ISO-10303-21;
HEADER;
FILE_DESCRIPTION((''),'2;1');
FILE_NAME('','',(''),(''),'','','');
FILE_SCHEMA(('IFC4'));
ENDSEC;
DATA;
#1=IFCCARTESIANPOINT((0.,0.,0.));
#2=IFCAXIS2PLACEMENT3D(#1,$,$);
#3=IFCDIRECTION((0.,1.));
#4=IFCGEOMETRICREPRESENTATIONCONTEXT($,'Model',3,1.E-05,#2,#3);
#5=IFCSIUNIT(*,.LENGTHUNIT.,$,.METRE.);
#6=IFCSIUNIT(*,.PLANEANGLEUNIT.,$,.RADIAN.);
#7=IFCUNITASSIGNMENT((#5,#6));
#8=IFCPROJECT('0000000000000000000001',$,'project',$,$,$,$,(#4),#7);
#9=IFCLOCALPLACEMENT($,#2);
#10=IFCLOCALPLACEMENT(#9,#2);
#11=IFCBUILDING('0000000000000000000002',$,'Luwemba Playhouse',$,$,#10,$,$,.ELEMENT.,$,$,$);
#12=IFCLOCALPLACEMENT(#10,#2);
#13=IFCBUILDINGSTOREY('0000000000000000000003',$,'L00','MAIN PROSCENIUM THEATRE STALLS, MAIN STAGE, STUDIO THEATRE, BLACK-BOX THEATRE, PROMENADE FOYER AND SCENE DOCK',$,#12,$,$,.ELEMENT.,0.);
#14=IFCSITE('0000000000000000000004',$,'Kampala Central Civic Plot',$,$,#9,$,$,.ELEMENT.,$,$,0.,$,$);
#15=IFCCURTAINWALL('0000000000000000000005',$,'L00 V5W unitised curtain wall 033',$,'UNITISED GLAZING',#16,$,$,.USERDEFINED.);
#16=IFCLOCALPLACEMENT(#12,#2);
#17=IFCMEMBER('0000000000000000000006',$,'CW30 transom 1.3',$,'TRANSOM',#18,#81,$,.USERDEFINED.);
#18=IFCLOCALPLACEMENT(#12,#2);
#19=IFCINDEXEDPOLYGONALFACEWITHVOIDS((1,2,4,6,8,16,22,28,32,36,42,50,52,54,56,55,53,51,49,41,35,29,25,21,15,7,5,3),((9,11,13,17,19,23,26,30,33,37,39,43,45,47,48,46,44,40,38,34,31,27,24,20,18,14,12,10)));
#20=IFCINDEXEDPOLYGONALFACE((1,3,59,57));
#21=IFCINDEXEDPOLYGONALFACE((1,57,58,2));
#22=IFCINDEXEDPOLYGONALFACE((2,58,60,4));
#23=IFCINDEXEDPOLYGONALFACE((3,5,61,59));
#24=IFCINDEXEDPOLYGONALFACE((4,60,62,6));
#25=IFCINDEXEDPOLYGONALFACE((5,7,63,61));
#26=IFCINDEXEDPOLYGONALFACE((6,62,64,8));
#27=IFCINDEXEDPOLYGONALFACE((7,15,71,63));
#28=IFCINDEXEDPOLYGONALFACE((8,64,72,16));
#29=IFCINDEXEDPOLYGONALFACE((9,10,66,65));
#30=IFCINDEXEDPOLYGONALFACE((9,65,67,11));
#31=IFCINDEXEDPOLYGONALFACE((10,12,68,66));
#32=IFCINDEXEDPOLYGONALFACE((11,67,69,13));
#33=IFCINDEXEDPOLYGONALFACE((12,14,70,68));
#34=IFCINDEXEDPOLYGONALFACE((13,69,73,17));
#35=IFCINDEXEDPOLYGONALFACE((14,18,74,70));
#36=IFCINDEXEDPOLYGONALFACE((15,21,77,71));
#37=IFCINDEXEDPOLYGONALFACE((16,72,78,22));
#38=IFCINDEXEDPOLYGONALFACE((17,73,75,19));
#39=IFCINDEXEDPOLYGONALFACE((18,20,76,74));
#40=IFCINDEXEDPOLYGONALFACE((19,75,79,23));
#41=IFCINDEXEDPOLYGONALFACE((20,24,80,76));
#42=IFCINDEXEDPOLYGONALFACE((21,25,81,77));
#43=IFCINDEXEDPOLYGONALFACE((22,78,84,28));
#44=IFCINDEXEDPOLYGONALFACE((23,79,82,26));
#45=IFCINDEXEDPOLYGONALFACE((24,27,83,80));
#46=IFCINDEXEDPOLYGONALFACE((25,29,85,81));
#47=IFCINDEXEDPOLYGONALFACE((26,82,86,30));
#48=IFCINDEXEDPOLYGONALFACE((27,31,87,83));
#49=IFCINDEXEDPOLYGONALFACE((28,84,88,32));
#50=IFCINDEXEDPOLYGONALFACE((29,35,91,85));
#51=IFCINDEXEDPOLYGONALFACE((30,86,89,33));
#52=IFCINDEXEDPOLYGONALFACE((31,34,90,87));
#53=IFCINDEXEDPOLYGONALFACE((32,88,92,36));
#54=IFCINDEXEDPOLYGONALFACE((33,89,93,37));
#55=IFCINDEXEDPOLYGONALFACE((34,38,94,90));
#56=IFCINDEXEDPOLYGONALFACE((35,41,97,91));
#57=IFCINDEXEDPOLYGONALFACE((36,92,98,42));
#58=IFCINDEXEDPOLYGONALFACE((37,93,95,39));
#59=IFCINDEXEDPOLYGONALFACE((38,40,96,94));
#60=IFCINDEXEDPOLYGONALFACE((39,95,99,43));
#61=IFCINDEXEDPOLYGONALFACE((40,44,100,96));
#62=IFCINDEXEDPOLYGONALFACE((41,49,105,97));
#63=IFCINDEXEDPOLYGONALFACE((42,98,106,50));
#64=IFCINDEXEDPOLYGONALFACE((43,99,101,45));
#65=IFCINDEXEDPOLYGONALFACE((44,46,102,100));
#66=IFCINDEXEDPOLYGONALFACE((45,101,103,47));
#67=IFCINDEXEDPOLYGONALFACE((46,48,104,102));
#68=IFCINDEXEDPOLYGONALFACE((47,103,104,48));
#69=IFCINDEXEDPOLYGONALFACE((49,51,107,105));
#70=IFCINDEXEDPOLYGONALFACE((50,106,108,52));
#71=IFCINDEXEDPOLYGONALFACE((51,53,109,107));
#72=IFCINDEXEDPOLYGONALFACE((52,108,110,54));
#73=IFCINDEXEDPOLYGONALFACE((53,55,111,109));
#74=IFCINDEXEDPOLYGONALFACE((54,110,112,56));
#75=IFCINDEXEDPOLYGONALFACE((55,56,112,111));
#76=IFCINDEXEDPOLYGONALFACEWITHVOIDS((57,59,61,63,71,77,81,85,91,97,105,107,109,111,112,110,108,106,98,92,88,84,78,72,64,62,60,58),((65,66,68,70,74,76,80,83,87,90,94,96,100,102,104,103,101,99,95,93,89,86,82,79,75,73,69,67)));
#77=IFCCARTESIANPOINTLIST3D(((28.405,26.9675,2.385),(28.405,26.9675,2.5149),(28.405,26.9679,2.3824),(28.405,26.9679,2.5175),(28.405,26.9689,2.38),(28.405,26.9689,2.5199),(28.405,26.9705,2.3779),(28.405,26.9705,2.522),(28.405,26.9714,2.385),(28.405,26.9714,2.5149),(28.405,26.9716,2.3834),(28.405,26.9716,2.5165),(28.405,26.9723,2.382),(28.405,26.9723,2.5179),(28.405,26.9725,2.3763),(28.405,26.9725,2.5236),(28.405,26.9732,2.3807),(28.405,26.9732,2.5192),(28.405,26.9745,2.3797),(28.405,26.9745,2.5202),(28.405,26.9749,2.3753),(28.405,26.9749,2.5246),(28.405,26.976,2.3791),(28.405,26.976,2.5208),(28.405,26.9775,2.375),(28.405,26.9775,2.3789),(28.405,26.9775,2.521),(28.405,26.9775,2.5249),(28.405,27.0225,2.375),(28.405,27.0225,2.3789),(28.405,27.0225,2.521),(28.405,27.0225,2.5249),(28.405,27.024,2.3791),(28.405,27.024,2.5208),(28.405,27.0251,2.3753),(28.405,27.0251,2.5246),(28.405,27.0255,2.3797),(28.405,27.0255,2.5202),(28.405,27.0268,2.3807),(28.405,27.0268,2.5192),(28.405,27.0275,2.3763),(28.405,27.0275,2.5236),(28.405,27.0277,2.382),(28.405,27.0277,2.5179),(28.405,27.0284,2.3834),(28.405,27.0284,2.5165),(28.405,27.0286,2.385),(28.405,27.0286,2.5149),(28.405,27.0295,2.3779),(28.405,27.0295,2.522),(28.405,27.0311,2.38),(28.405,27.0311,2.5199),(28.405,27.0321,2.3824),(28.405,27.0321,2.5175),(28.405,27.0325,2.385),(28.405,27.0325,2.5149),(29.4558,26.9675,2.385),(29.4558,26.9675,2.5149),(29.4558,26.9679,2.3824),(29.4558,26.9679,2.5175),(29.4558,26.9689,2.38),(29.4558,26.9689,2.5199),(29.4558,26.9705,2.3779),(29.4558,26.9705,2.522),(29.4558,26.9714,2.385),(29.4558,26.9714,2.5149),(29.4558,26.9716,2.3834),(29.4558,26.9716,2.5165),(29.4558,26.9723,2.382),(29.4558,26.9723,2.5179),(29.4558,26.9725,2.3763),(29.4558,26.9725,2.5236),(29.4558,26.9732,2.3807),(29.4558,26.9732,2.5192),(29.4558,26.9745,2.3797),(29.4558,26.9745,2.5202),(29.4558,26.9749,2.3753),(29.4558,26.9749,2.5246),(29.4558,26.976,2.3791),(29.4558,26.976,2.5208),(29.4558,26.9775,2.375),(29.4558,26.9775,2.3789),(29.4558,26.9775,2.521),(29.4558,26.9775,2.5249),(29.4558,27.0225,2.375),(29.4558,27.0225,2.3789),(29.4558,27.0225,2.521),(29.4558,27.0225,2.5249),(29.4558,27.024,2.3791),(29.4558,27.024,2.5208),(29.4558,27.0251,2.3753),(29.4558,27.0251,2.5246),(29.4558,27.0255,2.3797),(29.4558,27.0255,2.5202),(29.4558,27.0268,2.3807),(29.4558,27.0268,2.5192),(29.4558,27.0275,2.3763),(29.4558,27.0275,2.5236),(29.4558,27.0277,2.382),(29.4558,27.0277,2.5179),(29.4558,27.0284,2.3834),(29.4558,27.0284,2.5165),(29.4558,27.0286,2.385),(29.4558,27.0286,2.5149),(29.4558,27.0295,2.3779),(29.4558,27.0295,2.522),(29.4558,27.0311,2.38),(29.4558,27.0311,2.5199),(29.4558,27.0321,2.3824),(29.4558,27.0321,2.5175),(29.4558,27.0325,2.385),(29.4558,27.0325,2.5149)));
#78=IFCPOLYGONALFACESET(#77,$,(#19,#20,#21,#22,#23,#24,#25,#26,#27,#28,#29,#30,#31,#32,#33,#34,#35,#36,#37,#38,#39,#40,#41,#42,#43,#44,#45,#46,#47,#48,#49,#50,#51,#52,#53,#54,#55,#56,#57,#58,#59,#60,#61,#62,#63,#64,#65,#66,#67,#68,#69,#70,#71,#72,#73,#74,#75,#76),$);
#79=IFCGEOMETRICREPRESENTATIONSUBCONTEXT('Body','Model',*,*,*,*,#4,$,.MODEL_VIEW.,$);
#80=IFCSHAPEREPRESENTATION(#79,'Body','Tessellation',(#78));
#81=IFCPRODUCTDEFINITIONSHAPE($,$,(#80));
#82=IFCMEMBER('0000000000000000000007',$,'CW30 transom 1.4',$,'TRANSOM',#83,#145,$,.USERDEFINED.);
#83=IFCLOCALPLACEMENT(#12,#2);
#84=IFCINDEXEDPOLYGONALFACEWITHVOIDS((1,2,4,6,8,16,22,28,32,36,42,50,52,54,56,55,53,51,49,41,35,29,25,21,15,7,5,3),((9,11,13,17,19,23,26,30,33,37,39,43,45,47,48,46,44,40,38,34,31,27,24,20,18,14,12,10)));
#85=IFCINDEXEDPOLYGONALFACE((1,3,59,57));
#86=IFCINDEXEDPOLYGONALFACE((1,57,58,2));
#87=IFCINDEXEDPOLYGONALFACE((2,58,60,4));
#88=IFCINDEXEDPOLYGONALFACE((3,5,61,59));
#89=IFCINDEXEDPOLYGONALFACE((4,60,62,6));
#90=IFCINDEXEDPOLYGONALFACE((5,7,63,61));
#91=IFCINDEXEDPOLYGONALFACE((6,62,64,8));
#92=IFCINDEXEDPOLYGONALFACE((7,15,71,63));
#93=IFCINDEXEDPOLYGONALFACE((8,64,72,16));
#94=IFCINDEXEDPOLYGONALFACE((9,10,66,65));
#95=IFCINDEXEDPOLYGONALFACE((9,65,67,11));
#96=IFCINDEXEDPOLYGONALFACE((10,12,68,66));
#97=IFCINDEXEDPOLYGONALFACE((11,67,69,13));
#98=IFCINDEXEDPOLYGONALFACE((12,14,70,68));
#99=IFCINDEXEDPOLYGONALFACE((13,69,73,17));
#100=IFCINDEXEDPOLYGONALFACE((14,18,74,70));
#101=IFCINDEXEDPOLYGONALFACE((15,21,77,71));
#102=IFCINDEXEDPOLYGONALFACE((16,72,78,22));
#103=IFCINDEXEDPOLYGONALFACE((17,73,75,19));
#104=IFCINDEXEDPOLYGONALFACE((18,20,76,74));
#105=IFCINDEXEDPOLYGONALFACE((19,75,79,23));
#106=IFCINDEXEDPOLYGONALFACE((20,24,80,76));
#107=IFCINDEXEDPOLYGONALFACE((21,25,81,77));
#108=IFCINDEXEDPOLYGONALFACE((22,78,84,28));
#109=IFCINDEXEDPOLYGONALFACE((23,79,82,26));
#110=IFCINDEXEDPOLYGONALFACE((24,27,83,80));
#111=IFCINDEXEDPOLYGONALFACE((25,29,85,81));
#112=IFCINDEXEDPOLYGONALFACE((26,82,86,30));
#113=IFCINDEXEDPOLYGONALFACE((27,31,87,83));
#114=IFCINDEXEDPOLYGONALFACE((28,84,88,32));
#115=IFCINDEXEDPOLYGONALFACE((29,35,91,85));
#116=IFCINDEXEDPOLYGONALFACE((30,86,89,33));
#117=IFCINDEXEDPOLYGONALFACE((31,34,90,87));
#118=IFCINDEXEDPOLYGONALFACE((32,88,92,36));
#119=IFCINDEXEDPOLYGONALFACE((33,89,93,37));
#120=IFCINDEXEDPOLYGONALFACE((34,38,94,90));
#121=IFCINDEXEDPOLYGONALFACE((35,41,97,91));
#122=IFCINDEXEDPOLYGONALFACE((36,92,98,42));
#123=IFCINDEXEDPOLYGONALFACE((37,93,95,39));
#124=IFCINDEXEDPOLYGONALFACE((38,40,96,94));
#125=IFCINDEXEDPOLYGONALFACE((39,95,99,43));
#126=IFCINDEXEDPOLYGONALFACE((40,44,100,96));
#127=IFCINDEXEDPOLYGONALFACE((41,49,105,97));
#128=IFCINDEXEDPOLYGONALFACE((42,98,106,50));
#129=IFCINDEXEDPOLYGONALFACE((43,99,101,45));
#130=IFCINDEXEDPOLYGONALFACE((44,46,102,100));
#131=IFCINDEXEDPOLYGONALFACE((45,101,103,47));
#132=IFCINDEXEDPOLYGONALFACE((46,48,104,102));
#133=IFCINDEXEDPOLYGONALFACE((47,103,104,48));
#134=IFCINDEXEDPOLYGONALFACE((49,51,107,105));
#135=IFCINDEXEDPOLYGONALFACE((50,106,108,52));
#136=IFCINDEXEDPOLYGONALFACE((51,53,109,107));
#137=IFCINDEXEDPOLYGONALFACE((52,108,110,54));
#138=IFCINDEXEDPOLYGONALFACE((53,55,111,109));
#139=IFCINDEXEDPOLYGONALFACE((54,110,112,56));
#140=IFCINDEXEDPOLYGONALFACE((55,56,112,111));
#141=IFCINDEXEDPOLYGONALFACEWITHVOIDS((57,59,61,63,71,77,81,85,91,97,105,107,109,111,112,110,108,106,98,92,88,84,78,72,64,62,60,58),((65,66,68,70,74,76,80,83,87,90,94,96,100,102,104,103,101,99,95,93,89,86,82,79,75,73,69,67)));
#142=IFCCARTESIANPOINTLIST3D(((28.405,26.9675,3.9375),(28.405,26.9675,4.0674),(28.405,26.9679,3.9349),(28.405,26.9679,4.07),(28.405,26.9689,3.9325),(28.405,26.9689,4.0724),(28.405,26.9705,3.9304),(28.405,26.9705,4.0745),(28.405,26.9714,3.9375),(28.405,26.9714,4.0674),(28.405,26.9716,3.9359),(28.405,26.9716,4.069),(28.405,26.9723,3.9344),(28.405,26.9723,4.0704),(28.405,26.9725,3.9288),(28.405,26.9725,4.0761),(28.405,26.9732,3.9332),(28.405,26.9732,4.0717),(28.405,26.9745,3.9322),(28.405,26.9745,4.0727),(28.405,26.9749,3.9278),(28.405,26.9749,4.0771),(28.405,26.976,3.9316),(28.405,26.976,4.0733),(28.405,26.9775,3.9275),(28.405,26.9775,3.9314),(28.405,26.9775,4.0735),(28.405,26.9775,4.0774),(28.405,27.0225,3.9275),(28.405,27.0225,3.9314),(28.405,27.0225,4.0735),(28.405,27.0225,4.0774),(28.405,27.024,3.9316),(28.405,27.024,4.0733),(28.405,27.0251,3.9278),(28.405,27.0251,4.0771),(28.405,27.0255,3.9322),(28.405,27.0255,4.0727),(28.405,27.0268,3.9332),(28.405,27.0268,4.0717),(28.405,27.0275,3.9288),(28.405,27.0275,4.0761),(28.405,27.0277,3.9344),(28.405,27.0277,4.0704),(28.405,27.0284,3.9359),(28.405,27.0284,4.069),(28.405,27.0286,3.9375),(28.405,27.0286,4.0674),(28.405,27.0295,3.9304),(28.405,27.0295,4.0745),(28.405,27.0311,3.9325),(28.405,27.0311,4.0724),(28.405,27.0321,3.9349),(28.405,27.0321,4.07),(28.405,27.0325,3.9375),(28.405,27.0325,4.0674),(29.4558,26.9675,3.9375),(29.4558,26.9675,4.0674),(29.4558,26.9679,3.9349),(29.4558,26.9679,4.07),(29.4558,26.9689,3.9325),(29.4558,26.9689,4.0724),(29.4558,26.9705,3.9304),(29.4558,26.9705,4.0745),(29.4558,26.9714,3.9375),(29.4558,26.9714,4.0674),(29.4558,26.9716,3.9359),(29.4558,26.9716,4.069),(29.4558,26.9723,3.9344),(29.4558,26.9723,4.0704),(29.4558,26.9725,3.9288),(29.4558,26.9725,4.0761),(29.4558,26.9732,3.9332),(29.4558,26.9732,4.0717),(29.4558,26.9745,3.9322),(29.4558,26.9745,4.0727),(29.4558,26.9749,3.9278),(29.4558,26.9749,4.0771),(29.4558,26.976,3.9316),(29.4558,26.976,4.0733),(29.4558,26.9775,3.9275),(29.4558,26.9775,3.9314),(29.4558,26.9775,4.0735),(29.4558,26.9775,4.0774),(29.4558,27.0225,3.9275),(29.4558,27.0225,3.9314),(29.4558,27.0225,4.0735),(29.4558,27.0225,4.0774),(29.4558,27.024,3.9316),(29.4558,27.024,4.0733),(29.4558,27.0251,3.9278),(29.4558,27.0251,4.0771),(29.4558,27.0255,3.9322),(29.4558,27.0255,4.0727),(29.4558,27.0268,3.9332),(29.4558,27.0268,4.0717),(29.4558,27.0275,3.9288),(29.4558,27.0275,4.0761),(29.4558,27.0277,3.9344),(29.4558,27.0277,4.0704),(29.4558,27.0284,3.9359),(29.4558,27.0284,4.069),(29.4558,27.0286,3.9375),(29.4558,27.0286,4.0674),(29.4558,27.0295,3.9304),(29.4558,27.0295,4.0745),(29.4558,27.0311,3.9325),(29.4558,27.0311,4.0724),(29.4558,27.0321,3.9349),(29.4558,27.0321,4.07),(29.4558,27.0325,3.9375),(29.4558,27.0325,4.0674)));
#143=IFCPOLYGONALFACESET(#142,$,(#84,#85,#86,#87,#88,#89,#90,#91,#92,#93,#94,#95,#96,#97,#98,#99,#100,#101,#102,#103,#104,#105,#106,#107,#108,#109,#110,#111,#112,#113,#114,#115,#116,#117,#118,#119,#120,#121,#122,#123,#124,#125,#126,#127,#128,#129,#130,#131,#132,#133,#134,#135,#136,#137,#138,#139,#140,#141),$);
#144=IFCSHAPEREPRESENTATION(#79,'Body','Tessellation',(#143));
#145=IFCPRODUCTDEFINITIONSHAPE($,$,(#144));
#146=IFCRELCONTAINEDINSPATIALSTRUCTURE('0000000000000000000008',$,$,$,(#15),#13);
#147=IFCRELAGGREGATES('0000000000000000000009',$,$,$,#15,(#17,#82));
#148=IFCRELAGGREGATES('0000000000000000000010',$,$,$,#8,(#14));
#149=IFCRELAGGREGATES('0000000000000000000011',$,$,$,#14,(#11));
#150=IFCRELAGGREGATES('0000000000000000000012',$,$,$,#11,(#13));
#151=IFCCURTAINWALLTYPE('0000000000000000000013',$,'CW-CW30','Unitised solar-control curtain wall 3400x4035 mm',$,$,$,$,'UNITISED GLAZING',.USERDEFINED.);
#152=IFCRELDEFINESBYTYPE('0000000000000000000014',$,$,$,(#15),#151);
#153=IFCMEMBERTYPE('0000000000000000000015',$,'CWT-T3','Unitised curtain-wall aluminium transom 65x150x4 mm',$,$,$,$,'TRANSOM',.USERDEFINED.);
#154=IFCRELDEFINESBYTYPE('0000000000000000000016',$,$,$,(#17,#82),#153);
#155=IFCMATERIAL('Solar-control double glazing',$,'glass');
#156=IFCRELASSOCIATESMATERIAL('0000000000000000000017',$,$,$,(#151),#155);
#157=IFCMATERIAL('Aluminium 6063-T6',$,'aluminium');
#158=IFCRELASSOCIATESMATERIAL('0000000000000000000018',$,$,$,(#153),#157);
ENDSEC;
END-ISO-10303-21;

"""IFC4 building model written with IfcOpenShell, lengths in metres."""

from ifc_helpers import new_model, si_unit, direction, frame, origin, origin_2d, place, context, subcontext, project, spatial, hollow_rectangle, extrude, material, material_profile, profile_set, type_object, element, aggregate, save


model = new_model("IFC4")

# Units and contexts
model_context = context("Model", 3, precision=1e-05, world=origin(), true_north=direction((0.0, 1.0)))
body_context = subcontext(model_context, "Body", "Model", "MODEL_VIEW")
ifc_project = project(units=[si_unit("LENGTHUNIT", "METRE"), si_unit("PLANEANGLEUNIT", "RADIAN")], contexts=[model_context])

# Site, building, storey
site_placement = place(None, origin())
site = spatial("IfcSite", under=ifc_project, at=site_placement, Name="Kampala Central Civic Plot", CompositionType="ELEMENT", RefElevation=0.0)
building_placement = place(site_placement, origin())
building = spatial("IfcBuilding", under=site, at=building_placement, Name="Luwemba Playhouse", CompositionType="ELEMENT")
storey_placement = place(building_placement, origin())
storey = spatial("IfcBuildingStorey", under=building, at=storey_placement, Name="L00", Description="MAIN PROSCENIUM THEATRE STALLS, MAIN STAGE, STUDIO THEATRE, BLACK-BOX THEATRE, PROMENADE FOYER AND SCENE DOCK", CompositionType="ELEMENT", Elevation=0.0)

# Curtain wall, members
ifc_material_1 = material(Name="Solar-control double glazing", Category="glass")
curtain_wall_type = type_object("IfcCurtainWallType", Name="CW-CW30", Description="Unitised solar-control curtain wall 3400x4035 mm", ElementType="UNITISED GLAZING", PredefinedType="USERDEFINED", material=ifc_material_1)
curtain_wall_placement = place(storey_placement, origin())
curtain_wall = element("IfcCurtainWall", 1, at=curtain_wall_placement, inside=storey, type_object=curtain_wall_type, Name="L00 V5W unitised curtain wall 033", ObjectType="UNITISED GLAZING", PredefinedType="USERDEFINED")
ifc_material_2 = material(Name="Aluminium 6063-T6", Category="aluminium")
ifc_material_profile_1 = material_profile(ifc_material_2, hollow_rectangle(XDim=0.0649, YDim=0.1499, WallThickness=0.0039, InnerFilletRadius=0.0061, OuterFilletRadius=0.01, at=origin_2d()))
ifc_profile_set_1 = profile_set([ifc_material_profile_1], Name="Aluminium 6063-T6")
member_type_1 = type_object("IfcMemberType", Name="CWT-T3", Description="Unitised curtain-wall aluminium transom 65x150x4 mm", ElementType="TRANSOM", PredefinedType="USERDEFINED", material=ifc_profile_set_1)
member_1_placement = place(storey_placement, frame((28.405, 27.0, 2.45), z_axis=(1.0, 0.0, 0.0), x_axis=(0.0, 1.0, 0.0)))
member_1 = element("IfcMember", 2, at=member_1_placement, type_object=member_type_1, Name="CW30 transom 1.3", ObjectType="TRANSOM", PredefinedType="USERDEFINED", context=body_context, shape_type="SweptSolid", body=[
    extrude(hollow_rectangle(XDim=0.0649, YDim=0.1499, WallThickness=0.0039, InnerFilletRadius=0.0061, OuterFilletRadius=0.01, at=origin_2d()), origin(), (0.0, 0.0, 1.0), 1.0508),
])
member_2_placement = place(storey_placement, frame((28.405, 27.0, 4.0024), z_axis=(1.0, 0.0, 0.0), x_axis=(0.0, 1.0, 0.0)))
member_2 = element("IfcMember", 3, at=member_2_placement, type_object=member_type_1, Name="CW30 transom 1.4", ObjectType="TRANSOM", PredefinedType="USERDEFINED", context=body_context, shape_type="SweptSolid", body=[
    extrude(hollow_rectangle(XDim=0.0649, YDim=0.1499, WallThickness=0.0039, InnerFilletRadius=0.0061, OuterFilletRadius=0.01, at=origin_2d()), origin(), (0.0, 0.0, 1.0), 1.0508),
])
aggregate(curtain_wall, [member_1, member_2])

save(model, "model.ifc")
